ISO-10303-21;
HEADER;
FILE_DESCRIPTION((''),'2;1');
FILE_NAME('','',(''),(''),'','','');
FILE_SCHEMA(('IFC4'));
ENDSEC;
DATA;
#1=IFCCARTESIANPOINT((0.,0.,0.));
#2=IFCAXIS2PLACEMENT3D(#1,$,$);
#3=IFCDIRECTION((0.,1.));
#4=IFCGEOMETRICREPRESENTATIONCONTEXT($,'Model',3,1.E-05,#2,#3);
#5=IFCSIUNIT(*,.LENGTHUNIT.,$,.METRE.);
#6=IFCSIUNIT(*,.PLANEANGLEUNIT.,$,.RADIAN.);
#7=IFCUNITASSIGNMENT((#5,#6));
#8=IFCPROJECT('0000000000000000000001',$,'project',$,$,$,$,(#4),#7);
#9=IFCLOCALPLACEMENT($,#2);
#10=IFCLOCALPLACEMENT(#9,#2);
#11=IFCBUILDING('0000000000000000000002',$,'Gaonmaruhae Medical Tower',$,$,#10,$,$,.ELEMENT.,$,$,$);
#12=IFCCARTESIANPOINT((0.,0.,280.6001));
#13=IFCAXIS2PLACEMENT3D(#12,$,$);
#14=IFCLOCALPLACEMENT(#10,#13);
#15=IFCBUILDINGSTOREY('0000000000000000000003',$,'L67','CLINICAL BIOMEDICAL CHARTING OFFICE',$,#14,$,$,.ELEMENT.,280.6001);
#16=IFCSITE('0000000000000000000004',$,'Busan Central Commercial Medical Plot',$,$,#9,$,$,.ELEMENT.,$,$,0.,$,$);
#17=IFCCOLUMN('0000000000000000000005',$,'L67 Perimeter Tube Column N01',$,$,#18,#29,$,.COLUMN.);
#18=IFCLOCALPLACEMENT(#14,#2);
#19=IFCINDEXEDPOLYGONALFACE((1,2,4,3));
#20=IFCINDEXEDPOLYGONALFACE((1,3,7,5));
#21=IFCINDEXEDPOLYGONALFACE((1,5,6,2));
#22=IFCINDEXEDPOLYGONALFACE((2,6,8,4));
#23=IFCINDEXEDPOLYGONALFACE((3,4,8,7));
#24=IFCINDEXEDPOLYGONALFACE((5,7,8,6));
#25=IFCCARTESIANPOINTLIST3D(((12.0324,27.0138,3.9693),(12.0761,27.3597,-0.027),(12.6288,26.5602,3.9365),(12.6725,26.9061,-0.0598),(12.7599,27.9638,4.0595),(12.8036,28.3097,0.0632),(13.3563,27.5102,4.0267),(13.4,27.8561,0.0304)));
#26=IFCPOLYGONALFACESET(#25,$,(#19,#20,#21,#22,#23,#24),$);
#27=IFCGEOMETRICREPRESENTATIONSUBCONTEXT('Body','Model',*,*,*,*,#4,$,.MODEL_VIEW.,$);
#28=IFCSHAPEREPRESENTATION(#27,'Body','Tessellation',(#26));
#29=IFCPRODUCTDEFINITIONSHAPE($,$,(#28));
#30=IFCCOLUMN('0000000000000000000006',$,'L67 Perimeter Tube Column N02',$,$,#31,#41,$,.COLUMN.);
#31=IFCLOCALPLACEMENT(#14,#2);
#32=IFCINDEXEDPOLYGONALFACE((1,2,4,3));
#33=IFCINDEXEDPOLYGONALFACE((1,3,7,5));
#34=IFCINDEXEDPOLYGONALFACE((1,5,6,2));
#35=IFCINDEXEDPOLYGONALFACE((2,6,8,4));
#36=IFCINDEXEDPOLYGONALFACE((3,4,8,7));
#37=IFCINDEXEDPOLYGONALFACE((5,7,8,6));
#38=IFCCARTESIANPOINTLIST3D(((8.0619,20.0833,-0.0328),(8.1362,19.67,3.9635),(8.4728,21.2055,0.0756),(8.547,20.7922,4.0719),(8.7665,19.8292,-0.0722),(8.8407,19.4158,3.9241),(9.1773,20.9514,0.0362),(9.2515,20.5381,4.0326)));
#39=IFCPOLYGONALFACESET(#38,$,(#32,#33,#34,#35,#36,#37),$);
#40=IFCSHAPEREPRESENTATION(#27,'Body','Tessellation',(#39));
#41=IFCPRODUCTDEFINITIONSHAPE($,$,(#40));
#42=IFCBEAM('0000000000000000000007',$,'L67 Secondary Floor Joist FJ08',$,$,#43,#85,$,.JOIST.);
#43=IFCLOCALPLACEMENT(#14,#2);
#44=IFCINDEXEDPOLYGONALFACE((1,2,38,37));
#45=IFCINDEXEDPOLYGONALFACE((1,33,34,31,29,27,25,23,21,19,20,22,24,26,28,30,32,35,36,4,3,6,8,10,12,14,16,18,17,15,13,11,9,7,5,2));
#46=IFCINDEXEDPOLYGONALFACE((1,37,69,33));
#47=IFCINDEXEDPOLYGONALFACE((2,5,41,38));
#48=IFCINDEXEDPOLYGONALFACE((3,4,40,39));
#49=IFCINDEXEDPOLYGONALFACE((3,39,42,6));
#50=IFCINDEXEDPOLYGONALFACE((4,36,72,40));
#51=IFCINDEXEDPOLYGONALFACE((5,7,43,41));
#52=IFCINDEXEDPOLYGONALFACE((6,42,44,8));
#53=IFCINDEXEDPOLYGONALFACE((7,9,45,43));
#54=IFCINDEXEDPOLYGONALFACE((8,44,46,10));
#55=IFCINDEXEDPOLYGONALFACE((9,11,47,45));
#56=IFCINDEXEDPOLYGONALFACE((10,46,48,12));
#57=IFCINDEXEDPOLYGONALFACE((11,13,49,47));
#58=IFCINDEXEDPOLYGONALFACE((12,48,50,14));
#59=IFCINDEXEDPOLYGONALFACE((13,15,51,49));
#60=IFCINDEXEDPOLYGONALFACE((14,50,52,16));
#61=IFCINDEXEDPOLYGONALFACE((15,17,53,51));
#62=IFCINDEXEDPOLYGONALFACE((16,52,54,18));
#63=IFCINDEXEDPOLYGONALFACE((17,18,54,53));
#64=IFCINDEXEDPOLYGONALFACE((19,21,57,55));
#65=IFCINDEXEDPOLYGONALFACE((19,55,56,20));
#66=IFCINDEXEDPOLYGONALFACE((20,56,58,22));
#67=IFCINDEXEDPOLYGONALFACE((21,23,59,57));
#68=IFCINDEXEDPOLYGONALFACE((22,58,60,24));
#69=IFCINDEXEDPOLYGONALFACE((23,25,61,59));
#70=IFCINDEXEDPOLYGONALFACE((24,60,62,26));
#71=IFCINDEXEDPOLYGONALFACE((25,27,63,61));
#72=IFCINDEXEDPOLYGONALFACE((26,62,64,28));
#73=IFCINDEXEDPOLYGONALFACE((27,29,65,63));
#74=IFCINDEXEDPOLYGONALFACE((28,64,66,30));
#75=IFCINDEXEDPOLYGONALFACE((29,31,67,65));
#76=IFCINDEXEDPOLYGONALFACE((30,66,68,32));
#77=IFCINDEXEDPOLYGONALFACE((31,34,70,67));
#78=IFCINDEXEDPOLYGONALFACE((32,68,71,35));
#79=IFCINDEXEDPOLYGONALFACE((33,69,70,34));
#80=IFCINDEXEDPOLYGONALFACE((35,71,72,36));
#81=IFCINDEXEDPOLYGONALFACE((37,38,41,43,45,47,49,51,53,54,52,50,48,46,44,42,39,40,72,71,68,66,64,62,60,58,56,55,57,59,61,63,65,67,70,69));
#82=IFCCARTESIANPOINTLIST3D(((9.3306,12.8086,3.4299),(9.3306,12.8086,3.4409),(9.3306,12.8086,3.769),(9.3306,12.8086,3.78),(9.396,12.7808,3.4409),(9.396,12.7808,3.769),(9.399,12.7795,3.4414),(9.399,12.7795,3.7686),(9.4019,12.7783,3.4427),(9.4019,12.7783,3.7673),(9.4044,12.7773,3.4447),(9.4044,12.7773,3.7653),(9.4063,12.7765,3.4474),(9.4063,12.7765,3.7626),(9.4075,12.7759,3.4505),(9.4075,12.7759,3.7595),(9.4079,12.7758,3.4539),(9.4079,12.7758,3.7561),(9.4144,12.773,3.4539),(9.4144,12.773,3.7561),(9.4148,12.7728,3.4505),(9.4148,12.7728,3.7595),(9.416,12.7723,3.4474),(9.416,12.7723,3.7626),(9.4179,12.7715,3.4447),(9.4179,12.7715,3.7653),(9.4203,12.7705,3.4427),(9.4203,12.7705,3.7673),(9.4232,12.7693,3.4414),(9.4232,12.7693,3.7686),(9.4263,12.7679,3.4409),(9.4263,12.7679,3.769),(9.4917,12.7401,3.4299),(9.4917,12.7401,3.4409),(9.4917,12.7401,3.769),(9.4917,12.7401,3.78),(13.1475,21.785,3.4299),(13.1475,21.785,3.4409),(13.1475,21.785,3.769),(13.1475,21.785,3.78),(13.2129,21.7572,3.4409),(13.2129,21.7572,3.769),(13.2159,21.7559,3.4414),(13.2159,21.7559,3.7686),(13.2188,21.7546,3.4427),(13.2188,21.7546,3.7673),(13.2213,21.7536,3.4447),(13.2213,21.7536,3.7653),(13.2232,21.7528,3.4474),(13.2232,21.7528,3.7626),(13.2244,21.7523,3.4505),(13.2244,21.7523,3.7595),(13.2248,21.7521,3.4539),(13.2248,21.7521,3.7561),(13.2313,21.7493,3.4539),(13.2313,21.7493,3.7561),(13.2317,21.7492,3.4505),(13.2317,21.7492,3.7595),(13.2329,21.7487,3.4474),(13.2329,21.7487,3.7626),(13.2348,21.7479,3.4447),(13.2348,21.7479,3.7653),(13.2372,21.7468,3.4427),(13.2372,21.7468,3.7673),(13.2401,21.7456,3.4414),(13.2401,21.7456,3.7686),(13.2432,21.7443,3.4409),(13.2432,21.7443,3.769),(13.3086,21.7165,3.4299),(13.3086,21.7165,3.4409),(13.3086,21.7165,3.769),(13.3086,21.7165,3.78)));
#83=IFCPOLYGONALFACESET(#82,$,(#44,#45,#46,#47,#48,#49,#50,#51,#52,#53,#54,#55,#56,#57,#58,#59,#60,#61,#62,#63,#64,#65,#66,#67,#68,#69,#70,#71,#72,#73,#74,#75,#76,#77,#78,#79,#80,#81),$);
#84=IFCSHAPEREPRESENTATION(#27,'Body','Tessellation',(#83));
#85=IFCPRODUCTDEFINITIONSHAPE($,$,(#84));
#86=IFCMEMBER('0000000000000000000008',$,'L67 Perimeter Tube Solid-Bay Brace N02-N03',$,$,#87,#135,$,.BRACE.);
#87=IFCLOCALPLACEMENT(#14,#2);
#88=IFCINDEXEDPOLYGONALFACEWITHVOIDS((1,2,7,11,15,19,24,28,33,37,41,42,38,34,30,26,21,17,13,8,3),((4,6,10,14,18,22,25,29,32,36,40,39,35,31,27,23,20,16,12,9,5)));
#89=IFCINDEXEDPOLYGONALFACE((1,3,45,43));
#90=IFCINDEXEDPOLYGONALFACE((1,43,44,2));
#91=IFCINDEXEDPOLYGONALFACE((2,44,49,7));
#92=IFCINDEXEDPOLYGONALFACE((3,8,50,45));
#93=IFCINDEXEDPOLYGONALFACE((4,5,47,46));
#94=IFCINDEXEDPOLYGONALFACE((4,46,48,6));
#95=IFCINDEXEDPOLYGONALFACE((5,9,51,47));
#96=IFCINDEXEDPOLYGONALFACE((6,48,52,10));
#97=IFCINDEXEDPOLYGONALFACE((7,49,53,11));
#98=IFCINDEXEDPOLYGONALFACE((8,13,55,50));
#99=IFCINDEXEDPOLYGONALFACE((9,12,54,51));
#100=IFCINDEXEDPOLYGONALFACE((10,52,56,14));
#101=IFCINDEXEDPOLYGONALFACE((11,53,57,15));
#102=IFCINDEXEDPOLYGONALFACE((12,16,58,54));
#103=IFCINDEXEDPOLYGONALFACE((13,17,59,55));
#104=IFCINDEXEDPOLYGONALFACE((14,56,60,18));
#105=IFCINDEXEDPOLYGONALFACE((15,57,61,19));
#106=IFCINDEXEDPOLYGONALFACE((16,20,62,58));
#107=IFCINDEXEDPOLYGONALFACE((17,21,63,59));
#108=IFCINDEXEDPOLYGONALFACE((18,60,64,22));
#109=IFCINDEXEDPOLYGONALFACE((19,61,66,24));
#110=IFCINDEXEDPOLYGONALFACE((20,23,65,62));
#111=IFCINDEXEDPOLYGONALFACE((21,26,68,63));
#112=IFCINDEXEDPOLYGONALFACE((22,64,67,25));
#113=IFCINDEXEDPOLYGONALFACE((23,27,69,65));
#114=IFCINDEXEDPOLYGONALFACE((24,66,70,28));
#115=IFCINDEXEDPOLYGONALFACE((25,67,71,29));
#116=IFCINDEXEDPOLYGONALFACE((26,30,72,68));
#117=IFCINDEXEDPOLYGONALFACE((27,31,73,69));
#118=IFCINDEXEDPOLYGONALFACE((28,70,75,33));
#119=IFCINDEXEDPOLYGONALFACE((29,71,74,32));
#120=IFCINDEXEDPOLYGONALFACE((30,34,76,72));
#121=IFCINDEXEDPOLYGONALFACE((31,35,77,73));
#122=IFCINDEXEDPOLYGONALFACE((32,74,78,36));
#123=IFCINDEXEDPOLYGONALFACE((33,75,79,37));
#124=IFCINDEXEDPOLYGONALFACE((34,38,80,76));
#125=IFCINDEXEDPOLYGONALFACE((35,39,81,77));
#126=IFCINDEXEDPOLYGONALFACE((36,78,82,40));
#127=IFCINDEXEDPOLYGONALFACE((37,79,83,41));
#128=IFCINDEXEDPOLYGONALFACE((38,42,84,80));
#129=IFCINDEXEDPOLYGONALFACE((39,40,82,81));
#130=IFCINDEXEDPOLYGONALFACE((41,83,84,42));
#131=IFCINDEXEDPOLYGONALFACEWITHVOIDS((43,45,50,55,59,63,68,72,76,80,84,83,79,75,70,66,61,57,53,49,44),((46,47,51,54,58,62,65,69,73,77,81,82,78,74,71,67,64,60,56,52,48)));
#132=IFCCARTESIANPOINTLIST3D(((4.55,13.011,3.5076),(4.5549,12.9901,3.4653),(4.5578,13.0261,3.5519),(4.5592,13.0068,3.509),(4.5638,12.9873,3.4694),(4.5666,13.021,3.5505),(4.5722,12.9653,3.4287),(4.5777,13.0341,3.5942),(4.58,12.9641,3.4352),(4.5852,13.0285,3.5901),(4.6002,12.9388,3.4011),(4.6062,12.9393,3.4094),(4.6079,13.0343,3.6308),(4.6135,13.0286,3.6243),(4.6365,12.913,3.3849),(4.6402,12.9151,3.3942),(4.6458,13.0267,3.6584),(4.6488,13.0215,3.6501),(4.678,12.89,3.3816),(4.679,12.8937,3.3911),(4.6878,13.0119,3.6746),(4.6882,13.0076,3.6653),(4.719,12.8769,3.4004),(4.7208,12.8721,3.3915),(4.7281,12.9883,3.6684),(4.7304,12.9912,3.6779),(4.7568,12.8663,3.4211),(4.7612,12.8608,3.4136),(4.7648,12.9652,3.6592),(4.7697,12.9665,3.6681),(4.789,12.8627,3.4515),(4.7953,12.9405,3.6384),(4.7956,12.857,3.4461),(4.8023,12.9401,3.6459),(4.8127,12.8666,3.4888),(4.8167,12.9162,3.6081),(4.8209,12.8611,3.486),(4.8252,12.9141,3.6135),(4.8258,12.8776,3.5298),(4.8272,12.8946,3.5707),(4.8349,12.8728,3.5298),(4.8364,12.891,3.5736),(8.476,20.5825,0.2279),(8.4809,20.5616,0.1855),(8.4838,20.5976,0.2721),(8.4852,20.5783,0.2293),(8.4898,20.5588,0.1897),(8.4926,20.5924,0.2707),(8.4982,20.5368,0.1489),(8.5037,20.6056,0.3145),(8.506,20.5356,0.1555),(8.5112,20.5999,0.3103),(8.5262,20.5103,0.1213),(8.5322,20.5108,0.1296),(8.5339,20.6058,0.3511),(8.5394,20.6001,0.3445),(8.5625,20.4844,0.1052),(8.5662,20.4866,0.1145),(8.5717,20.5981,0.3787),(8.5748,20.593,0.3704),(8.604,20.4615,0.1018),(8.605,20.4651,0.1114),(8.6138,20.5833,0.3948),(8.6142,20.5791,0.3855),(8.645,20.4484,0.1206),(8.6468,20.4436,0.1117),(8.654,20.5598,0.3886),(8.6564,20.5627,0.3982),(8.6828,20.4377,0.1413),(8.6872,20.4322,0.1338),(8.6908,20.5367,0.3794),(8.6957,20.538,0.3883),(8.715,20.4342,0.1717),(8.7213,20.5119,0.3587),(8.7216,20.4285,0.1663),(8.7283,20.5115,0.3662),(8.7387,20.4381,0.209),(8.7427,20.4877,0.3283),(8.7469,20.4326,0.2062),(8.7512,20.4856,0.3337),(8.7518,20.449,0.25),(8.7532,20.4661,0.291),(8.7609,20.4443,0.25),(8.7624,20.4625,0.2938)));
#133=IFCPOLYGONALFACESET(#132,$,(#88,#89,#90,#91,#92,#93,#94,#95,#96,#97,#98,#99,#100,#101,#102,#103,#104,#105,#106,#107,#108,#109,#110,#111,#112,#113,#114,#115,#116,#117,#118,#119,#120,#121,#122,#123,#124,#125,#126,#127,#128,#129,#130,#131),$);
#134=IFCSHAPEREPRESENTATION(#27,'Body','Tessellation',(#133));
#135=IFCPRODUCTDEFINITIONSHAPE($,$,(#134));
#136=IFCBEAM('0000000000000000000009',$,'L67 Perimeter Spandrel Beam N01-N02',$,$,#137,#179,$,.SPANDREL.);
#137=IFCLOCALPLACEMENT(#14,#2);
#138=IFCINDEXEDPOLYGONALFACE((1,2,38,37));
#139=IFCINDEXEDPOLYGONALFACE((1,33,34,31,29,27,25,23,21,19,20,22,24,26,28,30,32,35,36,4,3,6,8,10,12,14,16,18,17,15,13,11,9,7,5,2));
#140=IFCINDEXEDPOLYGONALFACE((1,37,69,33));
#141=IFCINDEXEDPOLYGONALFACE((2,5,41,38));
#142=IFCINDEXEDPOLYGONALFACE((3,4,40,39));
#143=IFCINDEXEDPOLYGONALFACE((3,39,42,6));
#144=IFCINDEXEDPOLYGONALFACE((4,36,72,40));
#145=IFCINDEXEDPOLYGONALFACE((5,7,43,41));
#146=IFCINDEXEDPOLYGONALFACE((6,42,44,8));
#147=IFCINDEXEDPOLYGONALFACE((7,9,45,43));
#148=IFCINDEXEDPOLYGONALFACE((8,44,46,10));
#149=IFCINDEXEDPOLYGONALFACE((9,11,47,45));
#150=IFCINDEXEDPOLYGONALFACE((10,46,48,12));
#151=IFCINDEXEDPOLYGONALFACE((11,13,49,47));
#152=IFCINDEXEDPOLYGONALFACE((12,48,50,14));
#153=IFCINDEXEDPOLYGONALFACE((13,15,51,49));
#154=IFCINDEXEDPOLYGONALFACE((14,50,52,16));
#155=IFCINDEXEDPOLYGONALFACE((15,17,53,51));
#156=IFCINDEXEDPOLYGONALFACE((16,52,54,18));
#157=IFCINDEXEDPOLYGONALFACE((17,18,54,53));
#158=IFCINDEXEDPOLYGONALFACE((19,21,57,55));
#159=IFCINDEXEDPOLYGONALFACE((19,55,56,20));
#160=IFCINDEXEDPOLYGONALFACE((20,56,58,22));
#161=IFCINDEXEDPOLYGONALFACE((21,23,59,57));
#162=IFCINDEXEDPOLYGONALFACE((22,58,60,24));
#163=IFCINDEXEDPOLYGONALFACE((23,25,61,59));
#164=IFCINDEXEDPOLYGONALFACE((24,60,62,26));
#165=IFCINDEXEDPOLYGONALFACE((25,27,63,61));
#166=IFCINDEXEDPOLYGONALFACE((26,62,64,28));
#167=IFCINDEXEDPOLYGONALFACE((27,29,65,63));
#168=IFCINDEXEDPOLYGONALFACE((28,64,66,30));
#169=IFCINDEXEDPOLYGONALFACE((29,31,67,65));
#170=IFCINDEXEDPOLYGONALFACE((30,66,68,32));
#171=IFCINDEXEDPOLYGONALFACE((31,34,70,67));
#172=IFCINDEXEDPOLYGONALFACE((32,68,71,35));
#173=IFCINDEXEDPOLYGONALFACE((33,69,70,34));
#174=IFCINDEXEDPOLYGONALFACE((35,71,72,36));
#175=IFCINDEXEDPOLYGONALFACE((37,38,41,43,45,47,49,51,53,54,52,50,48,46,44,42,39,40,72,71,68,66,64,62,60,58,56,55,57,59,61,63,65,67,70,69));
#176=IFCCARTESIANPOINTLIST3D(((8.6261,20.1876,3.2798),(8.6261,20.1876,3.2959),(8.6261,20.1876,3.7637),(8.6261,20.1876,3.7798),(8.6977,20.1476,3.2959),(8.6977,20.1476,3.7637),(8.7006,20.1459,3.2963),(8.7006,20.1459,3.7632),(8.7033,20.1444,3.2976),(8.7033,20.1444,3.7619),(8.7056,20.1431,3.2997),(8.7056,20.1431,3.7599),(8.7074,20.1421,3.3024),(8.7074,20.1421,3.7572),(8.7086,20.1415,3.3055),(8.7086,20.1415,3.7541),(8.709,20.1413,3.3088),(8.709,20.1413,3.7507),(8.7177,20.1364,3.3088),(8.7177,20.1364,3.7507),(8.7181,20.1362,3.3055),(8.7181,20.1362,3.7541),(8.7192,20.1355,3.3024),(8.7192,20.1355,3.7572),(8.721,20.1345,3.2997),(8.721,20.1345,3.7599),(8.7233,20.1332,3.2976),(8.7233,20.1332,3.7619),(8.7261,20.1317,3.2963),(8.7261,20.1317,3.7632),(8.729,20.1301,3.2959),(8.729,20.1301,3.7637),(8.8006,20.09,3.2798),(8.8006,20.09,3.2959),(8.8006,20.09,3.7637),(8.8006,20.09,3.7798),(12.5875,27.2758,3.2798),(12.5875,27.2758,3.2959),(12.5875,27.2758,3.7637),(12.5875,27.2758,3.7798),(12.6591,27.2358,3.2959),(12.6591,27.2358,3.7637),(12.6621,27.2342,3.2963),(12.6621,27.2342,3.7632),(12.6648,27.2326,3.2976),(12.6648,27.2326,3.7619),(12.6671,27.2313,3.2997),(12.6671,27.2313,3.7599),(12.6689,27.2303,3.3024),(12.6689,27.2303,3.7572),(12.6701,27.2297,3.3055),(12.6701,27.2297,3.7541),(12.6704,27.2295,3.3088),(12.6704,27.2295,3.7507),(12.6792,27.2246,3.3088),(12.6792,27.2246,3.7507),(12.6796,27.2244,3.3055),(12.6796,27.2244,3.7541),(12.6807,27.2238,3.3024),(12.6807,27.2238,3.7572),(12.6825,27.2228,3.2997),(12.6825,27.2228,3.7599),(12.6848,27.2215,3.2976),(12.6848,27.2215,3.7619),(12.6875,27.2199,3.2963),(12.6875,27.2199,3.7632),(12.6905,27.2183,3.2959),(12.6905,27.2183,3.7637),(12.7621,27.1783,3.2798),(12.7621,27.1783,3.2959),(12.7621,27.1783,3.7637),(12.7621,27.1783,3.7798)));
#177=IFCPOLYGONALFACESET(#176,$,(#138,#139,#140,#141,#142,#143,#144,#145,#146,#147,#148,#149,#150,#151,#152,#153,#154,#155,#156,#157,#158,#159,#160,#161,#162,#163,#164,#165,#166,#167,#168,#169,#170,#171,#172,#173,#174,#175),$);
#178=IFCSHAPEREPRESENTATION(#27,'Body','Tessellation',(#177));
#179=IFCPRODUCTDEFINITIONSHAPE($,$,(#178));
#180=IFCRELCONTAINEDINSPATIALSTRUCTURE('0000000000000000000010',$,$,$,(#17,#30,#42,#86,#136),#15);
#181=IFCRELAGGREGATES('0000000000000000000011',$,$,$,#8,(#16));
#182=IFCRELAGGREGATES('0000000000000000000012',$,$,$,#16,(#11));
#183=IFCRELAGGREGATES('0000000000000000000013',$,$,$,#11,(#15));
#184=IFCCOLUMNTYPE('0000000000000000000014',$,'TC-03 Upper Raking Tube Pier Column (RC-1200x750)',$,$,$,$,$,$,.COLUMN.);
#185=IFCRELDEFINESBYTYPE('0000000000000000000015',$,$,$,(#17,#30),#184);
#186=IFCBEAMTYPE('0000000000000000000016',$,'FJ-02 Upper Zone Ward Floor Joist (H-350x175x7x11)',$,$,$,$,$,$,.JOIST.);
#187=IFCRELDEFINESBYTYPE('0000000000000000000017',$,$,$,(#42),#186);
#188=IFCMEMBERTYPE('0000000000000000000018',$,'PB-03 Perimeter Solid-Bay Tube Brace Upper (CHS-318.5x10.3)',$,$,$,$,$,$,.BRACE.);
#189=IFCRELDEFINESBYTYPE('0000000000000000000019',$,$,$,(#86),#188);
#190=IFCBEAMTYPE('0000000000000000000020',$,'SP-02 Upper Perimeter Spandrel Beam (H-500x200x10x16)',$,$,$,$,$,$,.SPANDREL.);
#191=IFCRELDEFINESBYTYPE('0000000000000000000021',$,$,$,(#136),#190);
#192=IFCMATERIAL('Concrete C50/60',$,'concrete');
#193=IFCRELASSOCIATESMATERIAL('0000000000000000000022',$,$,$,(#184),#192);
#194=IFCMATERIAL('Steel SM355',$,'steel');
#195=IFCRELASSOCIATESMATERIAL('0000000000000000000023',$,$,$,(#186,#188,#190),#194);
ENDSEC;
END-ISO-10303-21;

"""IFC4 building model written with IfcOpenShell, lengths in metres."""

from ifc_helpers import new_model, si_unit, direction, frame, origin, origin_2d, place, context, subcontext, project, spatial, rectangle, hollow_circle, i_section, extrude, material, material_profile, profile_set, type_object, element, save


model = new_model("IFC4")

# Units and contexts
model_context = context("Model", 3, precision=1e-05, world=origin(), true_north=direction((0.0, 1.0)))
body_context = subcontext(model_context, "Body", "Model", "MODEL_VIEW")
ifc_project = project(units=[si_unit("LENGTHUNIT", "METRE"), si_unit("PLANEANGLEUNIT", "RADIAN")], contexts=[model_context])

# Site, building, storey
site_placement = place(None, origin())
site = spatial("IfcSite", under=ifc_project, at=site_placement, Name="Busan Central Commercial Medical Plot", CompositionType="ELEMENT", RefElevation=0.0)
building_placement = place(site_placement, origin())
building = spatial("IfcBuilding", under=site, at=building_placement, Name="Gaonmaruhae Medical Tower", CompositionType="ELEMENT")
storey_placement = place(building_placement, frame((0.0, 0.0, 280.6001)))
storey = spatial("IfcBuildingStorey", under=building, at=storey_placement, Name="L67", Description="CLINICAL BIOMEDICAL CHARTING OFFICE", CompositionType="ELEMENT", Elevation=280.6001)

# Columns
ifc_material_1 = material(Name="Concrete C50/60", Category="concrete")
ifc_material_profile_1 = material_profile(ifc_material_1, rectangle(XDim=1.2, YDim=0.75, at=origin_2d()), Name="RC-1200x750")
ifc_profile_set_1 = profile_set([ifc_material_profile_1], Name="Concrete C50/60")
column_type = type_object("IfcColumnType", Name="TC-03 Upper Raking Tube Pier Column (RC-1200x750)", PredefinedType="COLUMN", material=ifc_profile_set_1)
column_1_placement = place(storey_placement, frame((12.738, 27.6079, 0.0017), z_axis=(-0.010894, -0.086238, 0.996215), x_axis=(0.606267, 0.791701, 0.075164)))
element("IfcColumn", 1, at=column_1_placement, inside=storey, type_object=column_type, Name="L67 Perimeter Tube Column N01", PredefinedType="COLUMN", context=body_context, shape_type="SweptSolid", body=[
    extrude(rectangle(XDim=1.2, YDim=0.75, at=origin_2d()), origin(), (0.0, 0.0, 1.0), 4.0115),
])
column_2_placement = place(storey_placement, frame((8.6196, 20.5173, 0.0017), z_axis=(0.01847, -0.102861, 0.994524), x_axis=(0.34237, 0.935209, 0.090368)))
element("IfcColumn", 2, at=column_2_placement, inside=storey, type_object=column_type, Name="L67 Perimeter Tube Column N02", PredefinedType="COLUMN", context=body_context, shape_type="SweptSolid", body=[
    extrude(rectangle(XDim=1.2, YDim=0.75, at=origin_2d()), origin(), (0.0, 0.0, 1.0), 4.0183),
])

# Beam
ifc_material_2 = material(Name="Steel SM355", Category="steel")
ifc_material_profile_2 = material_profile(ifc_material_2, i_section(OverallWidth=0.175, OverallDepth=0.3501, WebThickness=0.0071, FlangeThickness=0.011, FilletRadius=0.0129, at=origin_2d()), Name="H-350x175x7x11")
ifc_profile_set_2 = profile_set([ifc_material_profile_2], Name="Steel SM355")
beam_type_1 = type_object("IfcBeamType", Name="FJ-02 Upper Zone Ward Floor Joist (H-350x175x7x11)", PredefinedType="JOIST", material=ifc_profile_set_2)
beam_1_placement = place(storey_placement, frame((13.228, 21.7507, 3.605), z_axis=(-0.391311, -0.920259, 0.0), x_axis=(0.920259, -0.391311, 0.0)))
element("IfcBeam", 3, at=beam_1_placement, inside=storey, type_object=beam_type_1, Name="L67 Secondary Floor Joist FJ08", PredefinedType="JOIST", context=body_context, shape_type="SweptSolid", body=[
    extrude(i_section(OverallWidth=0.175, OverallDepth=0.3501, WebThickness=0.0071, FlangeThickness=0.011, FilletRadius=0.0129, at=origin_2d()), origin(), (0.0, 0.0, 1.0), 9.7542),
])

# Member
ifc_material_profile_3 = material_profile(ifc_material_2, hollow_circle(Radius=0.1592, WallThickness=0.0103, at=origin_2d()), Name="CHS-318.5x10.3")
ifc_profile_set_3 = profile_set([ifc_material_profile_3], Name="Steel SM355")
member_type = type_object("IfcMemberType", Name="PB-03 Perimeter Solid-Bay Tube Brace Upper (CHS-318.5x10.3)", PredefinedType="BRACE", material=ifc_profile_set_3)
member_placement = place(storey_placement, frame((8.6196, 20.5176, 0.25), z_axis=(-0.429648, -0.828598, 0.358926), x_axis=(0.887752, -0.460321, 0.0)))
element("IfcMember", 4, at=member_placement, inside=storey, type_object=member_type, Name="L67 Perimeter Tube Solid-Bay Brace N02-N03", PredefinedType="BRACE", context=body_context, shape_type="SweptSolid", body=[
    extrude(hollow_circle(Radius=0.1592, WallThickness=0.0103, at=origin_2d()), origin(), (0.0, 0.0, 1.0), 9.1377),
])

# Beam
ifc_material_profile_4 = material_profile(ifc_material_2, i_section(OverallWidth=0.2, OverallDepth=0.5, WebThickness=0.01, FlangeThickness=0.0161, FilletRadius=0.0129, at=origin_2d()), Name="H-500x200x10x16")
ifc_profile_set_4 = profile_set([ifc_material_profile_4], Name="Steel SM355")
beam_type_2 = type_object("IfcBeamType", Name="SP-02 Upper Perimeter Spandrel Beam (H-500x200x10x16)", PredefinedType="SPANDREL", material=ifc_profile_set_4)
beam_2_placement = place(storey_placement, frame((12.6748, 27.2271, 3.5298), z_axis=(-0.48786, -0.872922, 0.0), x_axis=(0.872922, -0.48786, 0.0)))
element("IfcBeam", 5, at=beam_2_placement, inside=storey, type_object=beam_type_2, Name="L67 Perimeter Spandrel Beam N01-N02", PredefinedType="SPANDREL", context=body_context, shape_type="SweptSolid", body=[
    extrude(i_section(OverallWidth=0.2, OverallDepth=0.5, WebThickness=0.01, FlangeThickness=0.0161, FilletRadius=0.0129, at=origin_2d()), origin(), (0.0, 0.0, 1.0), 8.1201),
])

save(model, "model.ifc")
